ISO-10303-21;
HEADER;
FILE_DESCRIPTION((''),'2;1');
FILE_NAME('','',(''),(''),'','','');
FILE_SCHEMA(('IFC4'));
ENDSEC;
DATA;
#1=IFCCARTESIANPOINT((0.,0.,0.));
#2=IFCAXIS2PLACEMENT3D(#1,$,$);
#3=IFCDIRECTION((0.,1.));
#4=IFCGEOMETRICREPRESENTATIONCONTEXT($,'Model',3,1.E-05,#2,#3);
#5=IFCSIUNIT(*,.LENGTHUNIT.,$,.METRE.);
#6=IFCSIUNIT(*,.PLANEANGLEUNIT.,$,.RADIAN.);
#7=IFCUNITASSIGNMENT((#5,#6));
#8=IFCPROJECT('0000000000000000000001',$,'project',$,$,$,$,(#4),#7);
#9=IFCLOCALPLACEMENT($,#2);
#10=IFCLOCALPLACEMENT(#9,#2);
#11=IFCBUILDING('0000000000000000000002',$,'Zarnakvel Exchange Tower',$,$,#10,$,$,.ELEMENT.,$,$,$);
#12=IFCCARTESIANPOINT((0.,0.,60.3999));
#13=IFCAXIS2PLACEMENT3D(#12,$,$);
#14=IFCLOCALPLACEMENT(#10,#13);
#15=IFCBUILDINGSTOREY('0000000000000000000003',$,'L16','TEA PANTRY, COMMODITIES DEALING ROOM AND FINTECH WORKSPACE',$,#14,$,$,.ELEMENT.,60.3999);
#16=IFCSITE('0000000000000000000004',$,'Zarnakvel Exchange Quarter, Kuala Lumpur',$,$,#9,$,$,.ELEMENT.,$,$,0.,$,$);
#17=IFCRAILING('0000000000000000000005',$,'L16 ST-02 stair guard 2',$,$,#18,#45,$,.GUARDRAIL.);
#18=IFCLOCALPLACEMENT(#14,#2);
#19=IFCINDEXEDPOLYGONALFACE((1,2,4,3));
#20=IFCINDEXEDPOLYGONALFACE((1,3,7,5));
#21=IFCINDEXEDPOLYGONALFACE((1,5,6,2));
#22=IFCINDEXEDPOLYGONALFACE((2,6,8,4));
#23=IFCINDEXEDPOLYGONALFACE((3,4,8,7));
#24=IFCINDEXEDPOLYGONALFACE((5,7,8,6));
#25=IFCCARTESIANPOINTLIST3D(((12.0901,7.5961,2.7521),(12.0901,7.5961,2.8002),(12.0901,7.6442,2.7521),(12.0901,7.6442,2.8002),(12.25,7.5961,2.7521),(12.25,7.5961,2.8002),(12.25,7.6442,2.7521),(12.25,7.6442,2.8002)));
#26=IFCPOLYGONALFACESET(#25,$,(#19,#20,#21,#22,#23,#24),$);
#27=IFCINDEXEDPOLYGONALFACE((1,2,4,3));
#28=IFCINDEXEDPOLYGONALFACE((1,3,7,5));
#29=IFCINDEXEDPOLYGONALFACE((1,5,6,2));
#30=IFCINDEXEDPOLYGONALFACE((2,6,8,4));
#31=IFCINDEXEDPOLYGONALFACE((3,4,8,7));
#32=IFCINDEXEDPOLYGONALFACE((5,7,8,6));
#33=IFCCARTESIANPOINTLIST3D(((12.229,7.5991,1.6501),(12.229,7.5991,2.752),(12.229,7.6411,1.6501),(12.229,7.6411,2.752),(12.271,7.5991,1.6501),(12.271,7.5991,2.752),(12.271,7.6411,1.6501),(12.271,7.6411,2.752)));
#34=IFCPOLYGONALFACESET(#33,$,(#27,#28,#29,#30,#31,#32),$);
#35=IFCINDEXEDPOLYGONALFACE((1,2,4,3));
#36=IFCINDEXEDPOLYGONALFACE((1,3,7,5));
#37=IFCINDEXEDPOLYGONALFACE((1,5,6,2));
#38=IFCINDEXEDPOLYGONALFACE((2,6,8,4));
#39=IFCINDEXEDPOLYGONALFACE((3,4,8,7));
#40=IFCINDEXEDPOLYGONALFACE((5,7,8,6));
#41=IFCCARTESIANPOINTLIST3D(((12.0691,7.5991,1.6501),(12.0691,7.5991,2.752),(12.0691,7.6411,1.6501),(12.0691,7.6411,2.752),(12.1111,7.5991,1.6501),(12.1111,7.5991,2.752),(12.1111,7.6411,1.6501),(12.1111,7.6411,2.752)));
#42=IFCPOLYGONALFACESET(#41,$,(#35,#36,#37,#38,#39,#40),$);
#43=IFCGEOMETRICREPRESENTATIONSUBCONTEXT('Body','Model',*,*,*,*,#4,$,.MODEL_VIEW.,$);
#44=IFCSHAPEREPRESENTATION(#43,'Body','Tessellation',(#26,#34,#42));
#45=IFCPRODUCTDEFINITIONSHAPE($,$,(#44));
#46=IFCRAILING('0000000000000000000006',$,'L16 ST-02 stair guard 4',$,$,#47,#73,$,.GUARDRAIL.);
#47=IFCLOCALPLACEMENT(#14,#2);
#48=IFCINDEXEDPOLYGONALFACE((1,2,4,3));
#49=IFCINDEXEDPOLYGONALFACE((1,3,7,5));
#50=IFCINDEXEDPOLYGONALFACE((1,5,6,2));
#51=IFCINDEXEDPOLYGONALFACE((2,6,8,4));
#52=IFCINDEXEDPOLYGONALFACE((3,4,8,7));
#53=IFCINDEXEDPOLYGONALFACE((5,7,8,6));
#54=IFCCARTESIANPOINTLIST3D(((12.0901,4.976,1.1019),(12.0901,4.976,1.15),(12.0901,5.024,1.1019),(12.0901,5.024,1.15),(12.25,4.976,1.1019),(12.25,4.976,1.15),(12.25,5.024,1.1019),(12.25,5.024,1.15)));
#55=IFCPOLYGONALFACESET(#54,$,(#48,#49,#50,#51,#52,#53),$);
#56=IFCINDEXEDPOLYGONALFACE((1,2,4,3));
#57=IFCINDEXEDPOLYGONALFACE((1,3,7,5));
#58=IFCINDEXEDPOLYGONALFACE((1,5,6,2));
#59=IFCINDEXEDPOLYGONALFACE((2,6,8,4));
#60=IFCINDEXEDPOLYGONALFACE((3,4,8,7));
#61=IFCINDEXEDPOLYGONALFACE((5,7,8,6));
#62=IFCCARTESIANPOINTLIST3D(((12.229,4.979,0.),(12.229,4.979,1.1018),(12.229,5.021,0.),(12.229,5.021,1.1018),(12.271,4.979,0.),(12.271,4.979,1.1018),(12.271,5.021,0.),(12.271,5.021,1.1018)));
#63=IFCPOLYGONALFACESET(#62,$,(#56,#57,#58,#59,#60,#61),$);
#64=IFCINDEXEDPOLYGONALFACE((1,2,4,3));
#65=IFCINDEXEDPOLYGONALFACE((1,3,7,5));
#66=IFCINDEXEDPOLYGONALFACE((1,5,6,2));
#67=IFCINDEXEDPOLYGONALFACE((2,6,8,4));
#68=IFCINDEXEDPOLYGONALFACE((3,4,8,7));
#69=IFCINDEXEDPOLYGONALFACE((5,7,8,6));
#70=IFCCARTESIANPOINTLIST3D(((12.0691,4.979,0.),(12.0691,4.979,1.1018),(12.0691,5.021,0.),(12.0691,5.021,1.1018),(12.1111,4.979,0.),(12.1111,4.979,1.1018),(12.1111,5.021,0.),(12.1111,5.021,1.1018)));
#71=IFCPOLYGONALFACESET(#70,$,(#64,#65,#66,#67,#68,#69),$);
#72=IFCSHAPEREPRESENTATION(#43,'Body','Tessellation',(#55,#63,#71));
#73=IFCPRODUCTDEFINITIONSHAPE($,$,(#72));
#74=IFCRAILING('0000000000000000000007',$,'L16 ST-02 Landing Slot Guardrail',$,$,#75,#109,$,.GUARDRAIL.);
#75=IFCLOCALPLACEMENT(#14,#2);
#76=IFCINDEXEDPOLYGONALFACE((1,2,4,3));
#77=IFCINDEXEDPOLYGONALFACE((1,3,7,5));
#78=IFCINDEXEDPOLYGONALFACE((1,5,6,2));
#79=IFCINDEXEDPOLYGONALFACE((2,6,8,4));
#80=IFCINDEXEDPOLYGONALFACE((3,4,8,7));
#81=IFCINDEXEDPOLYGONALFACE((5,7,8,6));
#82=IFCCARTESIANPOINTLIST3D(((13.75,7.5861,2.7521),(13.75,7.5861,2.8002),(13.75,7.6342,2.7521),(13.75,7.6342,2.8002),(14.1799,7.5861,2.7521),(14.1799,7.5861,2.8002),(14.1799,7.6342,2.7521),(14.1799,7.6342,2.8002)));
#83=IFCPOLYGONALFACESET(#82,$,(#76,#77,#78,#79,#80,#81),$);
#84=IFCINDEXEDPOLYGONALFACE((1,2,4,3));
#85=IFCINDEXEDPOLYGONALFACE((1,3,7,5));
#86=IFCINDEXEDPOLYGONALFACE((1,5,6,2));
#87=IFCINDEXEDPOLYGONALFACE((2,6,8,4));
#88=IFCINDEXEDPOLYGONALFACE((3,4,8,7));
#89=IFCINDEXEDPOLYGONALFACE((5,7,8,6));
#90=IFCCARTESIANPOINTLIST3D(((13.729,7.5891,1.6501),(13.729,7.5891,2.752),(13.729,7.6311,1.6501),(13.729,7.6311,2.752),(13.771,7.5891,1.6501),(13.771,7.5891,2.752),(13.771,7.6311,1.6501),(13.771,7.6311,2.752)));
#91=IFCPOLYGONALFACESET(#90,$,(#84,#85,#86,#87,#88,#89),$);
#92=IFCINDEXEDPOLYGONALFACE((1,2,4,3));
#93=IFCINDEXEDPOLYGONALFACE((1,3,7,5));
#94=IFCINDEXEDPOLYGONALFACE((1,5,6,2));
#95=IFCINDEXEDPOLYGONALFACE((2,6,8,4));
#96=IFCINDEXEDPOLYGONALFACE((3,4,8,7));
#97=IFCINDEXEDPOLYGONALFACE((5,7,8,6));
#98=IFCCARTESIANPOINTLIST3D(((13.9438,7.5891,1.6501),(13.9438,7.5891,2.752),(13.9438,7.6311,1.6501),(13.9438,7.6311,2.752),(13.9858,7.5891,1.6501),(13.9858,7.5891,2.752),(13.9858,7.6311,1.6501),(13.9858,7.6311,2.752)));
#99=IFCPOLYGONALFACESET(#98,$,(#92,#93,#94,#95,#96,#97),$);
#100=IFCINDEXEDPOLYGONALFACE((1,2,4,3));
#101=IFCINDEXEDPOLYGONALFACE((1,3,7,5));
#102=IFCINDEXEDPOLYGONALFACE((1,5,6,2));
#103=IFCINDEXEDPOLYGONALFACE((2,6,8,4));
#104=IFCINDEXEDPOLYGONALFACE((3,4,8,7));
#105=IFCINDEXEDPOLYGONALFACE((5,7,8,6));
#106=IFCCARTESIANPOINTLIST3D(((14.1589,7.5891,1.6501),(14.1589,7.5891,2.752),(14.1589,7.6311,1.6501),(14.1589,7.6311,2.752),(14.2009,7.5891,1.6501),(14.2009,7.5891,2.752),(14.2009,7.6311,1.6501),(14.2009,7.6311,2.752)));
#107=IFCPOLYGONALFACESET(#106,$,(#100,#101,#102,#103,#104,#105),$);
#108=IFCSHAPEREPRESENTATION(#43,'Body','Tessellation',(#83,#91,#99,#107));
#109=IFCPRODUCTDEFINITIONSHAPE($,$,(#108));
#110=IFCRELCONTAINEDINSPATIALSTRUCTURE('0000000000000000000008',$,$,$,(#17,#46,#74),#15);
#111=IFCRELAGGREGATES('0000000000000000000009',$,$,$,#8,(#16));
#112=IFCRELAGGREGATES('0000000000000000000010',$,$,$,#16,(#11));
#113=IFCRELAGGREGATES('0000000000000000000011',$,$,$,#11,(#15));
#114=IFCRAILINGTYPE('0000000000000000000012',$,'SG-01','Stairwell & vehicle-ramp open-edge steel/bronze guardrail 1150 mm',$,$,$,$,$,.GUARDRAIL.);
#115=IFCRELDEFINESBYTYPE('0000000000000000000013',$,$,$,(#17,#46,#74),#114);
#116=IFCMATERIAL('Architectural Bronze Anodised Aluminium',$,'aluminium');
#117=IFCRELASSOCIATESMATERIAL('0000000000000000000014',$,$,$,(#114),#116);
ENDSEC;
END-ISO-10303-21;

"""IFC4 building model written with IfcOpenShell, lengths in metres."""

from ifc_helpers import new_model, si_unit, direction, frame, origin, origin_2d, place, context, subcontext, project, spatial, rectangle, extrude, material, type_object, element, save


model = new_model("IFC4")

# Units and contexts
model_context = context("Model", 3, precision=1e-05, world=origin(), true_north=direction((0.0, 1.0)))
body_context = subcontext(model_context, "Body", "Model", "MODEL_VIEW")
ifc_project = project(units=[si_unit("LENGTHUNIT", "METRE"), si_unit("PLANEANGLEUNIT", "RADIAN")], contexts=[model_context])

# Site, building, storey
site_placement = place(None, origin())
site = spatial("IfcSite", under=ifc_project, at=site_placement, Name="Zarnakvel Exchange Quarter, Kuala Lumpur", CompositionType="ELEMENT", RefElevation=0.0)
building_placement = place(site_placement, origin())
building = spatial("IfcBuilding", under=site, at=building_placement, Name="Zarnakvel Exchange Tower", CompositionType="ELEMENT")
storey_placement = place(building_placement, frame((0.0, 0.0, 60.3999)))
storey = spatial("IfcBuildingStorey", under=building, at=storey_placement, Name="L16", Description="TEA PANTRY, COMMODITIES DEALING ROOM AND FINTECH WORKSPACE", CompositionType="ELEMENT", Elevation=60.3999)

# Shared definitions
ifc_material_1 = material(Name="Architectural Bronze Anodised Aluminium", Category="aluminium")

# Railings
railing_type_1 = type_object("IfcRailingType", Name="SG-01", Description="Stairwell & vehicle-ramp open-edge steel/bronze guardrail 1150 mm", PredefinedType="GUARDRAIL", material=ifc_material_1)
for number, where, name in (
    (1, (12.25, 7.6201, 1.6501), "L16 ST-02 stair guard 2"),
    (2, (12.25, 5.0, 0.0), "L16 ST-02 stair guard 4"),
):
    element("IfcRailing", number, at=place(storey_placement, frame(where)), inside=storey, type_object=railing_type_1, Name=name, PredefinedType="GUARDRAIL", context=body_context, shape_type="SweptSolid", body=[
        extrude(rectangle(XDim=0.0481, YDim=0.0481, at=origin_2d()), frame((0.0, 0.0, 1.126), z_axis=(-1.0, 0.0, 0.0), x_axis=(0.0, -1.0, 0.0)), (0.0, 0.0, 1.0), 0.1599),
        extrude(rectangle(XDim=0.042, YDim=0.042, at=origin_2d()), origin(), (0.0, 0.0, 1.0), 1.1018),
        extrude(rectangle(XDim=0.042, YDim=0.042, at=origin_2d()), frame((-0.1599, 0.0, 0.0)), (0.0, 0.0, 1.0), 1.1018),
    ])
railing_1_placement = place(storey_placement, frame((13.75, 7.6101, 1.6501)))
element("IfcRailing", 3, at=railing_1_placement, inside=storey, type_object=railing_type_1, Name="L16 ST-02 Landing Slot Guardrail", PredefinedType="GUARDRAIL", context=body_context, shape_type="SweptSolid", body=[
    extrude(rectangle(XDim=0.0481, YDim=0.0481, at=origin_2d()), frame((0.0, 0.0, 1.126), z_axis=(1.0, 0.0, 0.0), x_axis=(0.0, 1.0, 0.0)), (0.0, 0.0, 1.0), 0.4299),
    extrude(rectangle(XDim=0.042, YDim=0.042, at=origin_2d()), origin(), (0.0, 0.0, 1.0), 1.1018),
    extrude(rectangle(XDim=0.042, YDim=0.042, at=origin_2d()), frame((0.2148, 0.0, 0.0)), (0.0, 0.0, 1.0), 1.1018),
    extrude(rectangle(XDim=0.042, YDim=0.042, at=origin_2d()), frame((0.4299, 0.0, 0.0)), (0.0, 0.0, 1.0), 1.1018),
])

save(model, "model.ifc")
